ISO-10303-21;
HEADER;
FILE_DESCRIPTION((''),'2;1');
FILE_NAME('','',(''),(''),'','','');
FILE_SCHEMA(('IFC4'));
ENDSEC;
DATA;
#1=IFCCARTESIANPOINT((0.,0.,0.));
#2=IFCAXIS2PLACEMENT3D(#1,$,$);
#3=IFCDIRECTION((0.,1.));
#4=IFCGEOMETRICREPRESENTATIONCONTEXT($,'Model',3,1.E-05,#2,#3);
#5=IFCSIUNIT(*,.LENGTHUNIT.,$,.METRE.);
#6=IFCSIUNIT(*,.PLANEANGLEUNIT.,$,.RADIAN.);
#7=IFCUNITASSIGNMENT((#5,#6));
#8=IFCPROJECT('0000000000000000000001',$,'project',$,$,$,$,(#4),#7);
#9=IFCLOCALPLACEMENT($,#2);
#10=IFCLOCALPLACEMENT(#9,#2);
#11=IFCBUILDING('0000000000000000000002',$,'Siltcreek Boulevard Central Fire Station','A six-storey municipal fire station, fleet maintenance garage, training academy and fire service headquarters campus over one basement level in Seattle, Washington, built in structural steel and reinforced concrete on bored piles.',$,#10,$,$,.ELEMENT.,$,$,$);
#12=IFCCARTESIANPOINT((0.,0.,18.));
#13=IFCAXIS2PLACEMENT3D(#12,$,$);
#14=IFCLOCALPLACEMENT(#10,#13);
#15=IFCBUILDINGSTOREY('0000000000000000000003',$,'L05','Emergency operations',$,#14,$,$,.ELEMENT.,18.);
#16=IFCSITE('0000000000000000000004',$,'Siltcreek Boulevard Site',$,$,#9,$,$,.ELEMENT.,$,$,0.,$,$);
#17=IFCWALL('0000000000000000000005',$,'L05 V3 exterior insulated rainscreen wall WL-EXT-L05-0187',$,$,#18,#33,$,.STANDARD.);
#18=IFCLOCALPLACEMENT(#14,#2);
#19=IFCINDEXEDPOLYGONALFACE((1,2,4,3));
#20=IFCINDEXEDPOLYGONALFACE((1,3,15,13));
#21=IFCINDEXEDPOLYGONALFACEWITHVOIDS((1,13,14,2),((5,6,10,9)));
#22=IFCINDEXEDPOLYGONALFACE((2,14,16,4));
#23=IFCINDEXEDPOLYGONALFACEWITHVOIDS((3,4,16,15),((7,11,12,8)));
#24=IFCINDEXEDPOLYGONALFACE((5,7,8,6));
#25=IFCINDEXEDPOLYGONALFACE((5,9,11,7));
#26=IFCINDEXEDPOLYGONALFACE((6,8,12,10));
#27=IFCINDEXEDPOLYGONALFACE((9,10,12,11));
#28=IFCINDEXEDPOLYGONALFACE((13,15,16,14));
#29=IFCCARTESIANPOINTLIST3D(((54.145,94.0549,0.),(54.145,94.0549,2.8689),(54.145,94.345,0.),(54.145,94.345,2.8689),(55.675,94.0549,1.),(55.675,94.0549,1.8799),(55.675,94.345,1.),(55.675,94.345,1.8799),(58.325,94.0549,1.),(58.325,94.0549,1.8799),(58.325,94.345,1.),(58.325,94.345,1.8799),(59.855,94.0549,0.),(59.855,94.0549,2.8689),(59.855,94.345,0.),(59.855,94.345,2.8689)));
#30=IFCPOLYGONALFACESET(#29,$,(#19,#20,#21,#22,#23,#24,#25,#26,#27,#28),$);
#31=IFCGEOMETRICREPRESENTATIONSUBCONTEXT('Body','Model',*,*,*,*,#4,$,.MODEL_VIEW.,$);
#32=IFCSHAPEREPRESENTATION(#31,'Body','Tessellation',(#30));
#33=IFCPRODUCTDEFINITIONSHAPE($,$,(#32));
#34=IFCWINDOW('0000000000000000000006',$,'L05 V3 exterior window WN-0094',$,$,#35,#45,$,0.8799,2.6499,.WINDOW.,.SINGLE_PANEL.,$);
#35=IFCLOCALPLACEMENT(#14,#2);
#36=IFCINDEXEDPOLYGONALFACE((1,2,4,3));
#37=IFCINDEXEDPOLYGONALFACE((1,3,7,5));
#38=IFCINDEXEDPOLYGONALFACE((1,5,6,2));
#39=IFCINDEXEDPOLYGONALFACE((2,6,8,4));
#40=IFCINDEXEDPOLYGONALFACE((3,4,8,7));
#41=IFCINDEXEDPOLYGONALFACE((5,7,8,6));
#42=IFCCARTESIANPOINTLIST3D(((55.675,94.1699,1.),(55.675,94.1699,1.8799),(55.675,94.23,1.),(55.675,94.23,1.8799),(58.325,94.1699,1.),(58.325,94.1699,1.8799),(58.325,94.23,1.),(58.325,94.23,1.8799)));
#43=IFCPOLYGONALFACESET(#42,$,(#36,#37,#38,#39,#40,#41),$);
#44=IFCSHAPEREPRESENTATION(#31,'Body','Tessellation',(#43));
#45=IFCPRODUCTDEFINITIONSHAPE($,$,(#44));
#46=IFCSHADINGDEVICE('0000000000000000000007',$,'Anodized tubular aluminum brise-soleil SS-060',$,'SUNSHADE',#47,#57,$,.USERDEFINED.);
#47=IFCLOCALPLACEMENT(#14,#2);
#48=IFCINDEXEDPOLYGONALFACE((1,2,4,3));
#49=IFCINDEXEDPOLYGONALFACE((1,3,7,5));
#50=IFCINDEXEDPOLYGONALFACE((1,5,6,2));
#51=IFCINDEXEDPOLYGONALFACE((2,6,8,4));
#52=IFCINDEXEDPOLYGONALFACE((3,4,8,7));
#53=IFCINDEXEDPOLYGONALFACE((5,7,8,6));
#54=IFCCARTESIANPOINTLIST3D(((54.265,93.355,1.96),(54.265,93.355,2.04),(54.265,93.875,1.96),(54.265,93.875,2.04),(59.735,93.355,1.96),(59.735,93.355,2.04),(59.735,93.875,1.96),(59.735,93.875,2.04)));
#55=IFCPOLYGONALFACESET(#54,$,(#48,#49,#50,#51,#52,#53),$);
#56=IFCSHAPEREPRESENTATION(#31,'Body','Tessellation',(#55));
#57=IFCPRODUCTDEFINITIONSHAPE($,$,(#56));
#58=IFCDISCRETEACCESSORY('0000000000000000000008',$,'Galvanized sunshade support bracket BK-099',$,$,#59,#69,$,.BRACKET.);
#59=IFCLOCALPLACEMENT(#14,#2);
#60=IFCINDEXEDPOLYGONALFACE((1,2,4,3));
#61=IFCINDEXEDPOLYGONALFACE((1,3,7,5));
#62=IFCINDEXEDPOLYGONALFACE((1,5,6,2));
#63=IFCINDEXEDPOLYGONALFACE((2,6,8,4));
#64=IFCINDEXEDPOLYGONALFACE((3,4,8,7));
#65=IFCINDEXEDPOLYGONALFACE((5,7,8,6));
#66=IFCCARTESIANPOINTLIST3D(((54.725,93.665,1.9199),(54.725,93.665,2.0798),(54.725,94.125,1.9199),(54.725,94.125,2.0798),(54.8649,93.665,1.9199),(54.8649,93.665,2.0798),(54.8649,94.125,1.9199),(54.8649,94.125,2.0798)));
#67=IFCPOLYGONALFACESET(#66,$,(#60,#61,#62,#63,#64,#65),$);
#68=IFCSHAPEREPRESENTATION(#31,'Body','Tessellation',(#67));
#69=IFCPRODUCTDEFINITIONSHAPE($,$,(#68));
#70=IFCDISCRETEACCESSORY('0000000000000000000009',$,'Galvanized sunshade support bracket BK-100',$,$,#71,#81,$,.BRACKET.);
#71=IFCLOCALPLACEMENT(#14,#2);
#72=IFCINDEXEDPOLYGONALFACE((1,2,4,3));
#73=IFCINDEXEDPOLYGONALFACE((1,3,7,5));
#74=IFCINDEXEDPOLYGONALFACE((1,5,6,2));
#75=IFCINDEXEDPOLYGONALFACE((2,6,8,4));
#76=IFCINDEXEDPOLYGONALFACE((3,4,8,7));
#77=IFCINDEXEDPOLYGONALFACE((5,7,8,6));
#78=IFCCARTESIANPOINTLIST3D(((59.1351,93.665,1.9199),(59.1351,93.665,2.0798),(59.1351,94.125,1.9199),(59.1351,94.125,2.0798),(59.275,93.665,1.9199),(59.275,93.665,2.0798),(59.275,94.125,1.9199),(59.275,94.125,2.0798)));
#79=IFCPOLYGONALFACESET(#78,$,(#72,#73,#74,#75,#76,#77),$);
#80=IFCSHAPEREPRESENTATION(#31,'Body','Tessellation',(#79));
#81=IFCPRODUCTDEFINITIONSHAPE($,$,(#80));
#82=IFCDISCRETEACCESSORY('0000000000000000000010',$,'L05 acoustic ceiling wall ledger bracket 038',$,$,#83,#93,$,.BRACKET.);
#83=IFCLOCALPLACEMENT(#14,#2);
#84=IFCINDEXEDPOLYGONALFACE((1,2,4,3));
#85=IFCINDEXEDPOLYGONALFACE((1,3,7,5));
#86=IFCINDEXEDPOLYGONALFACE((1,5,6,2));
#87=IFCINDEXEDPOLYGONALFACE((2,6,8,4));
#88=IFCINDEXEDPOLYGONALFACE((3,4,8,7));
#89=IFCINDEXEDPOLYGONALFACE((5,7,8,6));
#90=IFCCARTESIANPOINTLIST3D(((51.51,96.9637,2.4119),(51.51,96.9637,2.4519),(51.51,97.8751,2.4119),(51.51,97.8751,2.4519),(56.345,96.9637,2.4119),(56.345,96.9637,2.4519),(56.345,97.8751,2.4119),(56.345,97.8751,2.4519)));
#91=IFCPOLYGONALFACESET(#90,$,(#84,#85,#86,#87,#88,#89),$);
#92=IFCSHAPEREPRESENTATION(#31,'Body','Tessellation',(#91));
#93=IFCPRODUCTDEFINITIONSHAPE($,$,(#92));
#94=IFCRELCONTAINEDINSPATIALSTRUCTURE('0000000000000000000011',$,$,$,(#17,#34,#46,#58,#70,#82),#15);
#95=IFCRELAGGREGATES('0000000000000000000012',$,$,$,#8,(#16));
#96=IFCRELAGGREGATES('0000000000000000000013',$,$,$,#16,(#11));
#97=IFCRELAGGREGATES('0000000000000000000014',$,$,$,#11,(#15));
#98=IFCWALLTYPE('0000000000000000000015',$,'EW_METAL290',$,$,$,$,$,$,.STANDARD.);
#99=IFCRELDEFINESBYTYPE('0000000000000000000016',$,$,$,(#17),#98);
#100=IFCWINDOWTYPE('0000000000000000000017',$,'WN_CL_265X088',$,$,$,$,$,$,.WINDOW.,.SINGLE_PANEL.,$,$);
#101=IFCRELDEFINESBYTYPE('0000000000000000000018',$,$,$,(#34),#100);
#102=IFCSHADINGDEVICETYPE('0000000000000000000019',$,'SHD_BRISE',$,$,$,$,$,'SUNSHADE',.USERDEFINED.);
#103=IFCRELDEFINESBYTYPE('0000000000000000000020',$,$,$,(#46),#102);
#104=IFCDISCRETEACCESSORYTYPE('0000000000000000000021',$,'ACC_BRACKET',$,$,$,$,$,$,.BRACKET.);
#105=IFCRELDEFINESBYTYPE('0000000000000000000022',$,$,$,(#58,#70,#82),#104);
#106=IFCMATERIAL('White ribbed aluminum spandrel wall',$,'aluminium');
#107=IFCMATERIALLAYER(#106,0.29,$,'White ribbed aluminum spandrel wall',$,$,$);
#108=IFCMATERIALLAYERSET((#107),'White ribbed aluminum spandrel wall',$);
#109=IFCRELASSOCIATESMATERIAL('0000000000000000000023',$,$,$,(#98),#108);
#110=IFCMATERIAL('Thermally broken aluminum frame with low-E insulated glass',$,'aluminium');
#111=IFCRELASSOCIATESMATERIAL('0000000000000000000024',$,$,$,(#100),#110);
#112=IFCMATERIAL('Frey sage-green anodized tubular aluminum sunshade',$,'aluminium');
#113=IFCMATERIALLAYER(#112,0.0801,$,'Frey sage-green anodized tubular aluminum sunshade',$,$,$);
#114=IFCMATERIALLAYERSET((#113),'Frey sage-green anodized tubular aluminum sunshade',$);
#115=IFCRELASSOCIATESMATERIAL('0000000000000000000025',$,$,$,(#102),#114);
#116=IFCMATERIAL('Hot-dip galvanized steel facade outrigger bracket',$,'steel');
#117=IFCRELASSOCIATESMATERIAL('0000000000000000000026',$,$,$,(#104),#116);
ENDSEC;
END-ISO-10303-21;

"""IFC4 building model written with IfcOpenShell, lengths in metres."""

from ifc_helpers import new_model, si_unit, direction, frame, frame_2d, origin, origin_2d, place, context, subcontext, project, spatial, rectangle, extrude, material, layer, layer_set, type_object, element, fill, save


model = new_model("IFC4")

# Units and contexts
model_context = context("Model", 3, precision=1e-05, world=origin(), true_north=direction((0.0, 1.0)))
body_context = subcontext(model_context, "Body", "Model", "MODEL_VIEW")
ifc_project = project(units=[si_unit("LENGTHUNIT", "METRE"), si_unit("PLANEANGLEUNIT", "RADIAN")], contexts=[model_context])

# Site, building, storey
site_placement = place(None, origin())
site = spatial("IfcSite", under=ifc_project, at=site_placement, Name="Siltcreek Boulevard Site", CompositionType="ELEMENT", RefElevation=0.0)
building_placement = place(site_placement, origin())
building = spatial("IfcBuilding", under=site, at=building_placement, Name="Siltcreek Boulevard Central Fire Station", Description="A six-storey municipal fire station, fleet maintenance garage, training academy and fire service headquarters campus over one basement level in Seattle, Washington, built in structural steel and reinforced concrete on bored piles.", CompositionType="ELEMENT")
storey_placement = place(building_placement, frame((0.0, 0.0, 18.0)))
storey = spatial("IfcBuildingStorey", under=building, at=storey_placement, Name="L05", Description="Emergency operations", CompositionType="ELEMENT", Elevation=18.0)

# Wall, opening, window
ifc_material_1 = material(Name="White ribbed aluminum spandrel wall", Category="aluminium")
ifc_layer_1 = layer(ifc_material_1, 0.29, Name="White ribbed aluminum spandrel wall")
ifc_layer_set_1 = layer_set([ifc_layer_1], Name="White ribbed aluminum spandrel wall")
wall_type = type_object("IfcWallType", Name="EW_METAL290", PredefinedType="STANDARD", material=ifc_layer_set_1)
wall_placement = place(storey_placement, frame((54.145, 94.2, 0.0), z_axis=(0.0, 0.0, 1.0), x_axis=(1.0, 0.0, 0.0)))
wall = element("IfcWall", 1, at=wall_placement, inside=storey, type_object=wall_type, Name="L05 V3 exterior insulated rainscreen wall WL-EXT-L05-0187", PredefinedType="STANDARD", context=body_context, shape_type="SweptSolid", body=[
    extrude(rectangle(XDim=5.71, YDim=0.29, at=frame_2d((2.855, 0.0))), origin(), (0.0, 0.0, 1.0), 2.8689),
])
opening_placement = place(wall_placement, frame((1.53, 0.0, 1.0)))
opening = element("IfcOpeningElement", 2, at=opening_placement, cuts=wall, PredefinedType="OPENING", context=body_context, shape_type="SweptSolid", body=[
    extrude(rectangle(XDim=2.6499, YDim=0.8799, at=frame_2d((1.325, 0.4399))), frame((0.0, 0.155, 0.0), z_axis=(0.0, -1.0, 0.0), x_axis=(1.0, 0.0, 0.0)), (0.0, 0.0, 1.0), 0.3101),
])
ifc_material_2 = material(Name="Thermally broken aluminum frame with low-E insulated glass", Category="aluminium")
window_type = type_object("IfcWindowType", Name="WN_CL_265X088", PartitioningType="SINGLE_PANEL", PredefinedType="WINDOW", material=ifc_material_2)
window_placement = place(opening_placement, origin())
window = element("IfcWindow", 3, at=window_placement, inside=storey, type_object=window_type, Name="L05 V3 exterior window WN-0094", OverallHeight=0.8799, OverallWidth=2.6499, PartitioningType="SINGLE_PANEL", PredefinedType="WINDOW", context=body_context, shape_type="SweptSolid", body=[
    extrude(rectangle(XDim=2.6499, YDim=0.8799, at=frame_2d((1.325, 0.4399))), frame((0.0, 0.03, 0.0), z_axis=(0.0, -1.0, 0.0), x_axis=(1.0, 0.0, 0.0)), (0.0, 0.0, 1.0), 0.0601),
])
fill(opening, window)

# Shading device
ifc_material_3 = material(Name="Frey sage-green anodized tubular aluminum sunshade", Category="aluminium")
ifc_layer_2 = layer(ifc_material_3, 0.0801, Name="Frey sage-green anodized tubular aluminum sunshade")
ifc_layer_set_2 = layer_set([ifc_layer_2], Name="Frey sage-green anodized tubular aluminum sunshade")
shading_device_type = type_object("IfcShadingDeviceType", Name="SHD_BRISE", ElementType="SUNSHADE", PredefinedType="USERDEFINED", material=ifc_layer_set_2)
shading_device_placement = place(storey_placement, frame((57.0, 93.615, 1.96), z_axis=(0.0, 0.0, 1.0), x_axis=(1.0, 0.0, 0.0)))
element("IfcShadingDevice", 4, at=shading_device_placement, inside=storey, type_object=shading_device_type, Name="Anodized tubular aluminum brise-soleil SS-060", ObjectType="SUNSHADE", PredefinedType="USERDEFINED", context=body_context, shape_type="SweptSolid", body=[
    extrude(rectangle(XDim=5.47, YDim=0.52, at=origin_2d()), origin(), (0.0, 0.0, 1.0), 0.0801),
])

# Discrete accessories
ifc_material_4 = material(Name="Hot-dip galvanized steel facade outrigger bracket", Category="steel")
discrete_accessory_type = type_object("IfcDiscreteAccessoryType", Name="ACC_BRACKET", PredefinedType="BRACKET", material=ifc_material_4)
for number, where, z_axis, x_axis, name in (
    (5, (54.7949, 93.895, 1.9199), (0.0, 0.0, 1.0), (1.0, 0.0, 0.0), "Galvanized sunshade support bracket BK-099"),
    (6, (59.2051, 93.895, 1.9199), (0.0, 0.0, 1.0), (1.0, 0.0, 0.0), "Galvanized sunshade support bracket BK-100"),
):
    element("IfcDiscreteAccessory", number, at=place(storey_placement, frame(where, z_axis=z_axis, x_axis=x_axis)), inside=storey, type_object=discrete_accessory_type, Name=name, PredefinedType="BRACKET", context=body_context, shape_type="SweptSolid", body=[
        extrude(rectangle(XDim=0.1399, YDim=0.46, at=origin_2d()), origin(), (0.0, 0.0, 1.0), 0.1599),
    ])
discrete_accessory_placement = place(storey_placement, frame((53.9275, 97.4194, 2.4119), z_axis=(0.0, 0.0, 1.0), x_axis=(1.0, 0.0, 0.0)))
element("IfcDiscreteAccessory", 7, at=discrete_accessory_placement, inside=storey, type_object=discrete_accessory_type, Name="L05 acoustic ceiling wall ledger bracket 038", PredefinedType="BRACKET", context=body_context, shape_type="SweptSolid", body=[
    extrude(rectangle(XDim=4.835, YDim=0.9114, at=origin_2d()), origin(), (0.0, 0.0, 1.0), 0.04),
])

save(model, "model.ifc")
